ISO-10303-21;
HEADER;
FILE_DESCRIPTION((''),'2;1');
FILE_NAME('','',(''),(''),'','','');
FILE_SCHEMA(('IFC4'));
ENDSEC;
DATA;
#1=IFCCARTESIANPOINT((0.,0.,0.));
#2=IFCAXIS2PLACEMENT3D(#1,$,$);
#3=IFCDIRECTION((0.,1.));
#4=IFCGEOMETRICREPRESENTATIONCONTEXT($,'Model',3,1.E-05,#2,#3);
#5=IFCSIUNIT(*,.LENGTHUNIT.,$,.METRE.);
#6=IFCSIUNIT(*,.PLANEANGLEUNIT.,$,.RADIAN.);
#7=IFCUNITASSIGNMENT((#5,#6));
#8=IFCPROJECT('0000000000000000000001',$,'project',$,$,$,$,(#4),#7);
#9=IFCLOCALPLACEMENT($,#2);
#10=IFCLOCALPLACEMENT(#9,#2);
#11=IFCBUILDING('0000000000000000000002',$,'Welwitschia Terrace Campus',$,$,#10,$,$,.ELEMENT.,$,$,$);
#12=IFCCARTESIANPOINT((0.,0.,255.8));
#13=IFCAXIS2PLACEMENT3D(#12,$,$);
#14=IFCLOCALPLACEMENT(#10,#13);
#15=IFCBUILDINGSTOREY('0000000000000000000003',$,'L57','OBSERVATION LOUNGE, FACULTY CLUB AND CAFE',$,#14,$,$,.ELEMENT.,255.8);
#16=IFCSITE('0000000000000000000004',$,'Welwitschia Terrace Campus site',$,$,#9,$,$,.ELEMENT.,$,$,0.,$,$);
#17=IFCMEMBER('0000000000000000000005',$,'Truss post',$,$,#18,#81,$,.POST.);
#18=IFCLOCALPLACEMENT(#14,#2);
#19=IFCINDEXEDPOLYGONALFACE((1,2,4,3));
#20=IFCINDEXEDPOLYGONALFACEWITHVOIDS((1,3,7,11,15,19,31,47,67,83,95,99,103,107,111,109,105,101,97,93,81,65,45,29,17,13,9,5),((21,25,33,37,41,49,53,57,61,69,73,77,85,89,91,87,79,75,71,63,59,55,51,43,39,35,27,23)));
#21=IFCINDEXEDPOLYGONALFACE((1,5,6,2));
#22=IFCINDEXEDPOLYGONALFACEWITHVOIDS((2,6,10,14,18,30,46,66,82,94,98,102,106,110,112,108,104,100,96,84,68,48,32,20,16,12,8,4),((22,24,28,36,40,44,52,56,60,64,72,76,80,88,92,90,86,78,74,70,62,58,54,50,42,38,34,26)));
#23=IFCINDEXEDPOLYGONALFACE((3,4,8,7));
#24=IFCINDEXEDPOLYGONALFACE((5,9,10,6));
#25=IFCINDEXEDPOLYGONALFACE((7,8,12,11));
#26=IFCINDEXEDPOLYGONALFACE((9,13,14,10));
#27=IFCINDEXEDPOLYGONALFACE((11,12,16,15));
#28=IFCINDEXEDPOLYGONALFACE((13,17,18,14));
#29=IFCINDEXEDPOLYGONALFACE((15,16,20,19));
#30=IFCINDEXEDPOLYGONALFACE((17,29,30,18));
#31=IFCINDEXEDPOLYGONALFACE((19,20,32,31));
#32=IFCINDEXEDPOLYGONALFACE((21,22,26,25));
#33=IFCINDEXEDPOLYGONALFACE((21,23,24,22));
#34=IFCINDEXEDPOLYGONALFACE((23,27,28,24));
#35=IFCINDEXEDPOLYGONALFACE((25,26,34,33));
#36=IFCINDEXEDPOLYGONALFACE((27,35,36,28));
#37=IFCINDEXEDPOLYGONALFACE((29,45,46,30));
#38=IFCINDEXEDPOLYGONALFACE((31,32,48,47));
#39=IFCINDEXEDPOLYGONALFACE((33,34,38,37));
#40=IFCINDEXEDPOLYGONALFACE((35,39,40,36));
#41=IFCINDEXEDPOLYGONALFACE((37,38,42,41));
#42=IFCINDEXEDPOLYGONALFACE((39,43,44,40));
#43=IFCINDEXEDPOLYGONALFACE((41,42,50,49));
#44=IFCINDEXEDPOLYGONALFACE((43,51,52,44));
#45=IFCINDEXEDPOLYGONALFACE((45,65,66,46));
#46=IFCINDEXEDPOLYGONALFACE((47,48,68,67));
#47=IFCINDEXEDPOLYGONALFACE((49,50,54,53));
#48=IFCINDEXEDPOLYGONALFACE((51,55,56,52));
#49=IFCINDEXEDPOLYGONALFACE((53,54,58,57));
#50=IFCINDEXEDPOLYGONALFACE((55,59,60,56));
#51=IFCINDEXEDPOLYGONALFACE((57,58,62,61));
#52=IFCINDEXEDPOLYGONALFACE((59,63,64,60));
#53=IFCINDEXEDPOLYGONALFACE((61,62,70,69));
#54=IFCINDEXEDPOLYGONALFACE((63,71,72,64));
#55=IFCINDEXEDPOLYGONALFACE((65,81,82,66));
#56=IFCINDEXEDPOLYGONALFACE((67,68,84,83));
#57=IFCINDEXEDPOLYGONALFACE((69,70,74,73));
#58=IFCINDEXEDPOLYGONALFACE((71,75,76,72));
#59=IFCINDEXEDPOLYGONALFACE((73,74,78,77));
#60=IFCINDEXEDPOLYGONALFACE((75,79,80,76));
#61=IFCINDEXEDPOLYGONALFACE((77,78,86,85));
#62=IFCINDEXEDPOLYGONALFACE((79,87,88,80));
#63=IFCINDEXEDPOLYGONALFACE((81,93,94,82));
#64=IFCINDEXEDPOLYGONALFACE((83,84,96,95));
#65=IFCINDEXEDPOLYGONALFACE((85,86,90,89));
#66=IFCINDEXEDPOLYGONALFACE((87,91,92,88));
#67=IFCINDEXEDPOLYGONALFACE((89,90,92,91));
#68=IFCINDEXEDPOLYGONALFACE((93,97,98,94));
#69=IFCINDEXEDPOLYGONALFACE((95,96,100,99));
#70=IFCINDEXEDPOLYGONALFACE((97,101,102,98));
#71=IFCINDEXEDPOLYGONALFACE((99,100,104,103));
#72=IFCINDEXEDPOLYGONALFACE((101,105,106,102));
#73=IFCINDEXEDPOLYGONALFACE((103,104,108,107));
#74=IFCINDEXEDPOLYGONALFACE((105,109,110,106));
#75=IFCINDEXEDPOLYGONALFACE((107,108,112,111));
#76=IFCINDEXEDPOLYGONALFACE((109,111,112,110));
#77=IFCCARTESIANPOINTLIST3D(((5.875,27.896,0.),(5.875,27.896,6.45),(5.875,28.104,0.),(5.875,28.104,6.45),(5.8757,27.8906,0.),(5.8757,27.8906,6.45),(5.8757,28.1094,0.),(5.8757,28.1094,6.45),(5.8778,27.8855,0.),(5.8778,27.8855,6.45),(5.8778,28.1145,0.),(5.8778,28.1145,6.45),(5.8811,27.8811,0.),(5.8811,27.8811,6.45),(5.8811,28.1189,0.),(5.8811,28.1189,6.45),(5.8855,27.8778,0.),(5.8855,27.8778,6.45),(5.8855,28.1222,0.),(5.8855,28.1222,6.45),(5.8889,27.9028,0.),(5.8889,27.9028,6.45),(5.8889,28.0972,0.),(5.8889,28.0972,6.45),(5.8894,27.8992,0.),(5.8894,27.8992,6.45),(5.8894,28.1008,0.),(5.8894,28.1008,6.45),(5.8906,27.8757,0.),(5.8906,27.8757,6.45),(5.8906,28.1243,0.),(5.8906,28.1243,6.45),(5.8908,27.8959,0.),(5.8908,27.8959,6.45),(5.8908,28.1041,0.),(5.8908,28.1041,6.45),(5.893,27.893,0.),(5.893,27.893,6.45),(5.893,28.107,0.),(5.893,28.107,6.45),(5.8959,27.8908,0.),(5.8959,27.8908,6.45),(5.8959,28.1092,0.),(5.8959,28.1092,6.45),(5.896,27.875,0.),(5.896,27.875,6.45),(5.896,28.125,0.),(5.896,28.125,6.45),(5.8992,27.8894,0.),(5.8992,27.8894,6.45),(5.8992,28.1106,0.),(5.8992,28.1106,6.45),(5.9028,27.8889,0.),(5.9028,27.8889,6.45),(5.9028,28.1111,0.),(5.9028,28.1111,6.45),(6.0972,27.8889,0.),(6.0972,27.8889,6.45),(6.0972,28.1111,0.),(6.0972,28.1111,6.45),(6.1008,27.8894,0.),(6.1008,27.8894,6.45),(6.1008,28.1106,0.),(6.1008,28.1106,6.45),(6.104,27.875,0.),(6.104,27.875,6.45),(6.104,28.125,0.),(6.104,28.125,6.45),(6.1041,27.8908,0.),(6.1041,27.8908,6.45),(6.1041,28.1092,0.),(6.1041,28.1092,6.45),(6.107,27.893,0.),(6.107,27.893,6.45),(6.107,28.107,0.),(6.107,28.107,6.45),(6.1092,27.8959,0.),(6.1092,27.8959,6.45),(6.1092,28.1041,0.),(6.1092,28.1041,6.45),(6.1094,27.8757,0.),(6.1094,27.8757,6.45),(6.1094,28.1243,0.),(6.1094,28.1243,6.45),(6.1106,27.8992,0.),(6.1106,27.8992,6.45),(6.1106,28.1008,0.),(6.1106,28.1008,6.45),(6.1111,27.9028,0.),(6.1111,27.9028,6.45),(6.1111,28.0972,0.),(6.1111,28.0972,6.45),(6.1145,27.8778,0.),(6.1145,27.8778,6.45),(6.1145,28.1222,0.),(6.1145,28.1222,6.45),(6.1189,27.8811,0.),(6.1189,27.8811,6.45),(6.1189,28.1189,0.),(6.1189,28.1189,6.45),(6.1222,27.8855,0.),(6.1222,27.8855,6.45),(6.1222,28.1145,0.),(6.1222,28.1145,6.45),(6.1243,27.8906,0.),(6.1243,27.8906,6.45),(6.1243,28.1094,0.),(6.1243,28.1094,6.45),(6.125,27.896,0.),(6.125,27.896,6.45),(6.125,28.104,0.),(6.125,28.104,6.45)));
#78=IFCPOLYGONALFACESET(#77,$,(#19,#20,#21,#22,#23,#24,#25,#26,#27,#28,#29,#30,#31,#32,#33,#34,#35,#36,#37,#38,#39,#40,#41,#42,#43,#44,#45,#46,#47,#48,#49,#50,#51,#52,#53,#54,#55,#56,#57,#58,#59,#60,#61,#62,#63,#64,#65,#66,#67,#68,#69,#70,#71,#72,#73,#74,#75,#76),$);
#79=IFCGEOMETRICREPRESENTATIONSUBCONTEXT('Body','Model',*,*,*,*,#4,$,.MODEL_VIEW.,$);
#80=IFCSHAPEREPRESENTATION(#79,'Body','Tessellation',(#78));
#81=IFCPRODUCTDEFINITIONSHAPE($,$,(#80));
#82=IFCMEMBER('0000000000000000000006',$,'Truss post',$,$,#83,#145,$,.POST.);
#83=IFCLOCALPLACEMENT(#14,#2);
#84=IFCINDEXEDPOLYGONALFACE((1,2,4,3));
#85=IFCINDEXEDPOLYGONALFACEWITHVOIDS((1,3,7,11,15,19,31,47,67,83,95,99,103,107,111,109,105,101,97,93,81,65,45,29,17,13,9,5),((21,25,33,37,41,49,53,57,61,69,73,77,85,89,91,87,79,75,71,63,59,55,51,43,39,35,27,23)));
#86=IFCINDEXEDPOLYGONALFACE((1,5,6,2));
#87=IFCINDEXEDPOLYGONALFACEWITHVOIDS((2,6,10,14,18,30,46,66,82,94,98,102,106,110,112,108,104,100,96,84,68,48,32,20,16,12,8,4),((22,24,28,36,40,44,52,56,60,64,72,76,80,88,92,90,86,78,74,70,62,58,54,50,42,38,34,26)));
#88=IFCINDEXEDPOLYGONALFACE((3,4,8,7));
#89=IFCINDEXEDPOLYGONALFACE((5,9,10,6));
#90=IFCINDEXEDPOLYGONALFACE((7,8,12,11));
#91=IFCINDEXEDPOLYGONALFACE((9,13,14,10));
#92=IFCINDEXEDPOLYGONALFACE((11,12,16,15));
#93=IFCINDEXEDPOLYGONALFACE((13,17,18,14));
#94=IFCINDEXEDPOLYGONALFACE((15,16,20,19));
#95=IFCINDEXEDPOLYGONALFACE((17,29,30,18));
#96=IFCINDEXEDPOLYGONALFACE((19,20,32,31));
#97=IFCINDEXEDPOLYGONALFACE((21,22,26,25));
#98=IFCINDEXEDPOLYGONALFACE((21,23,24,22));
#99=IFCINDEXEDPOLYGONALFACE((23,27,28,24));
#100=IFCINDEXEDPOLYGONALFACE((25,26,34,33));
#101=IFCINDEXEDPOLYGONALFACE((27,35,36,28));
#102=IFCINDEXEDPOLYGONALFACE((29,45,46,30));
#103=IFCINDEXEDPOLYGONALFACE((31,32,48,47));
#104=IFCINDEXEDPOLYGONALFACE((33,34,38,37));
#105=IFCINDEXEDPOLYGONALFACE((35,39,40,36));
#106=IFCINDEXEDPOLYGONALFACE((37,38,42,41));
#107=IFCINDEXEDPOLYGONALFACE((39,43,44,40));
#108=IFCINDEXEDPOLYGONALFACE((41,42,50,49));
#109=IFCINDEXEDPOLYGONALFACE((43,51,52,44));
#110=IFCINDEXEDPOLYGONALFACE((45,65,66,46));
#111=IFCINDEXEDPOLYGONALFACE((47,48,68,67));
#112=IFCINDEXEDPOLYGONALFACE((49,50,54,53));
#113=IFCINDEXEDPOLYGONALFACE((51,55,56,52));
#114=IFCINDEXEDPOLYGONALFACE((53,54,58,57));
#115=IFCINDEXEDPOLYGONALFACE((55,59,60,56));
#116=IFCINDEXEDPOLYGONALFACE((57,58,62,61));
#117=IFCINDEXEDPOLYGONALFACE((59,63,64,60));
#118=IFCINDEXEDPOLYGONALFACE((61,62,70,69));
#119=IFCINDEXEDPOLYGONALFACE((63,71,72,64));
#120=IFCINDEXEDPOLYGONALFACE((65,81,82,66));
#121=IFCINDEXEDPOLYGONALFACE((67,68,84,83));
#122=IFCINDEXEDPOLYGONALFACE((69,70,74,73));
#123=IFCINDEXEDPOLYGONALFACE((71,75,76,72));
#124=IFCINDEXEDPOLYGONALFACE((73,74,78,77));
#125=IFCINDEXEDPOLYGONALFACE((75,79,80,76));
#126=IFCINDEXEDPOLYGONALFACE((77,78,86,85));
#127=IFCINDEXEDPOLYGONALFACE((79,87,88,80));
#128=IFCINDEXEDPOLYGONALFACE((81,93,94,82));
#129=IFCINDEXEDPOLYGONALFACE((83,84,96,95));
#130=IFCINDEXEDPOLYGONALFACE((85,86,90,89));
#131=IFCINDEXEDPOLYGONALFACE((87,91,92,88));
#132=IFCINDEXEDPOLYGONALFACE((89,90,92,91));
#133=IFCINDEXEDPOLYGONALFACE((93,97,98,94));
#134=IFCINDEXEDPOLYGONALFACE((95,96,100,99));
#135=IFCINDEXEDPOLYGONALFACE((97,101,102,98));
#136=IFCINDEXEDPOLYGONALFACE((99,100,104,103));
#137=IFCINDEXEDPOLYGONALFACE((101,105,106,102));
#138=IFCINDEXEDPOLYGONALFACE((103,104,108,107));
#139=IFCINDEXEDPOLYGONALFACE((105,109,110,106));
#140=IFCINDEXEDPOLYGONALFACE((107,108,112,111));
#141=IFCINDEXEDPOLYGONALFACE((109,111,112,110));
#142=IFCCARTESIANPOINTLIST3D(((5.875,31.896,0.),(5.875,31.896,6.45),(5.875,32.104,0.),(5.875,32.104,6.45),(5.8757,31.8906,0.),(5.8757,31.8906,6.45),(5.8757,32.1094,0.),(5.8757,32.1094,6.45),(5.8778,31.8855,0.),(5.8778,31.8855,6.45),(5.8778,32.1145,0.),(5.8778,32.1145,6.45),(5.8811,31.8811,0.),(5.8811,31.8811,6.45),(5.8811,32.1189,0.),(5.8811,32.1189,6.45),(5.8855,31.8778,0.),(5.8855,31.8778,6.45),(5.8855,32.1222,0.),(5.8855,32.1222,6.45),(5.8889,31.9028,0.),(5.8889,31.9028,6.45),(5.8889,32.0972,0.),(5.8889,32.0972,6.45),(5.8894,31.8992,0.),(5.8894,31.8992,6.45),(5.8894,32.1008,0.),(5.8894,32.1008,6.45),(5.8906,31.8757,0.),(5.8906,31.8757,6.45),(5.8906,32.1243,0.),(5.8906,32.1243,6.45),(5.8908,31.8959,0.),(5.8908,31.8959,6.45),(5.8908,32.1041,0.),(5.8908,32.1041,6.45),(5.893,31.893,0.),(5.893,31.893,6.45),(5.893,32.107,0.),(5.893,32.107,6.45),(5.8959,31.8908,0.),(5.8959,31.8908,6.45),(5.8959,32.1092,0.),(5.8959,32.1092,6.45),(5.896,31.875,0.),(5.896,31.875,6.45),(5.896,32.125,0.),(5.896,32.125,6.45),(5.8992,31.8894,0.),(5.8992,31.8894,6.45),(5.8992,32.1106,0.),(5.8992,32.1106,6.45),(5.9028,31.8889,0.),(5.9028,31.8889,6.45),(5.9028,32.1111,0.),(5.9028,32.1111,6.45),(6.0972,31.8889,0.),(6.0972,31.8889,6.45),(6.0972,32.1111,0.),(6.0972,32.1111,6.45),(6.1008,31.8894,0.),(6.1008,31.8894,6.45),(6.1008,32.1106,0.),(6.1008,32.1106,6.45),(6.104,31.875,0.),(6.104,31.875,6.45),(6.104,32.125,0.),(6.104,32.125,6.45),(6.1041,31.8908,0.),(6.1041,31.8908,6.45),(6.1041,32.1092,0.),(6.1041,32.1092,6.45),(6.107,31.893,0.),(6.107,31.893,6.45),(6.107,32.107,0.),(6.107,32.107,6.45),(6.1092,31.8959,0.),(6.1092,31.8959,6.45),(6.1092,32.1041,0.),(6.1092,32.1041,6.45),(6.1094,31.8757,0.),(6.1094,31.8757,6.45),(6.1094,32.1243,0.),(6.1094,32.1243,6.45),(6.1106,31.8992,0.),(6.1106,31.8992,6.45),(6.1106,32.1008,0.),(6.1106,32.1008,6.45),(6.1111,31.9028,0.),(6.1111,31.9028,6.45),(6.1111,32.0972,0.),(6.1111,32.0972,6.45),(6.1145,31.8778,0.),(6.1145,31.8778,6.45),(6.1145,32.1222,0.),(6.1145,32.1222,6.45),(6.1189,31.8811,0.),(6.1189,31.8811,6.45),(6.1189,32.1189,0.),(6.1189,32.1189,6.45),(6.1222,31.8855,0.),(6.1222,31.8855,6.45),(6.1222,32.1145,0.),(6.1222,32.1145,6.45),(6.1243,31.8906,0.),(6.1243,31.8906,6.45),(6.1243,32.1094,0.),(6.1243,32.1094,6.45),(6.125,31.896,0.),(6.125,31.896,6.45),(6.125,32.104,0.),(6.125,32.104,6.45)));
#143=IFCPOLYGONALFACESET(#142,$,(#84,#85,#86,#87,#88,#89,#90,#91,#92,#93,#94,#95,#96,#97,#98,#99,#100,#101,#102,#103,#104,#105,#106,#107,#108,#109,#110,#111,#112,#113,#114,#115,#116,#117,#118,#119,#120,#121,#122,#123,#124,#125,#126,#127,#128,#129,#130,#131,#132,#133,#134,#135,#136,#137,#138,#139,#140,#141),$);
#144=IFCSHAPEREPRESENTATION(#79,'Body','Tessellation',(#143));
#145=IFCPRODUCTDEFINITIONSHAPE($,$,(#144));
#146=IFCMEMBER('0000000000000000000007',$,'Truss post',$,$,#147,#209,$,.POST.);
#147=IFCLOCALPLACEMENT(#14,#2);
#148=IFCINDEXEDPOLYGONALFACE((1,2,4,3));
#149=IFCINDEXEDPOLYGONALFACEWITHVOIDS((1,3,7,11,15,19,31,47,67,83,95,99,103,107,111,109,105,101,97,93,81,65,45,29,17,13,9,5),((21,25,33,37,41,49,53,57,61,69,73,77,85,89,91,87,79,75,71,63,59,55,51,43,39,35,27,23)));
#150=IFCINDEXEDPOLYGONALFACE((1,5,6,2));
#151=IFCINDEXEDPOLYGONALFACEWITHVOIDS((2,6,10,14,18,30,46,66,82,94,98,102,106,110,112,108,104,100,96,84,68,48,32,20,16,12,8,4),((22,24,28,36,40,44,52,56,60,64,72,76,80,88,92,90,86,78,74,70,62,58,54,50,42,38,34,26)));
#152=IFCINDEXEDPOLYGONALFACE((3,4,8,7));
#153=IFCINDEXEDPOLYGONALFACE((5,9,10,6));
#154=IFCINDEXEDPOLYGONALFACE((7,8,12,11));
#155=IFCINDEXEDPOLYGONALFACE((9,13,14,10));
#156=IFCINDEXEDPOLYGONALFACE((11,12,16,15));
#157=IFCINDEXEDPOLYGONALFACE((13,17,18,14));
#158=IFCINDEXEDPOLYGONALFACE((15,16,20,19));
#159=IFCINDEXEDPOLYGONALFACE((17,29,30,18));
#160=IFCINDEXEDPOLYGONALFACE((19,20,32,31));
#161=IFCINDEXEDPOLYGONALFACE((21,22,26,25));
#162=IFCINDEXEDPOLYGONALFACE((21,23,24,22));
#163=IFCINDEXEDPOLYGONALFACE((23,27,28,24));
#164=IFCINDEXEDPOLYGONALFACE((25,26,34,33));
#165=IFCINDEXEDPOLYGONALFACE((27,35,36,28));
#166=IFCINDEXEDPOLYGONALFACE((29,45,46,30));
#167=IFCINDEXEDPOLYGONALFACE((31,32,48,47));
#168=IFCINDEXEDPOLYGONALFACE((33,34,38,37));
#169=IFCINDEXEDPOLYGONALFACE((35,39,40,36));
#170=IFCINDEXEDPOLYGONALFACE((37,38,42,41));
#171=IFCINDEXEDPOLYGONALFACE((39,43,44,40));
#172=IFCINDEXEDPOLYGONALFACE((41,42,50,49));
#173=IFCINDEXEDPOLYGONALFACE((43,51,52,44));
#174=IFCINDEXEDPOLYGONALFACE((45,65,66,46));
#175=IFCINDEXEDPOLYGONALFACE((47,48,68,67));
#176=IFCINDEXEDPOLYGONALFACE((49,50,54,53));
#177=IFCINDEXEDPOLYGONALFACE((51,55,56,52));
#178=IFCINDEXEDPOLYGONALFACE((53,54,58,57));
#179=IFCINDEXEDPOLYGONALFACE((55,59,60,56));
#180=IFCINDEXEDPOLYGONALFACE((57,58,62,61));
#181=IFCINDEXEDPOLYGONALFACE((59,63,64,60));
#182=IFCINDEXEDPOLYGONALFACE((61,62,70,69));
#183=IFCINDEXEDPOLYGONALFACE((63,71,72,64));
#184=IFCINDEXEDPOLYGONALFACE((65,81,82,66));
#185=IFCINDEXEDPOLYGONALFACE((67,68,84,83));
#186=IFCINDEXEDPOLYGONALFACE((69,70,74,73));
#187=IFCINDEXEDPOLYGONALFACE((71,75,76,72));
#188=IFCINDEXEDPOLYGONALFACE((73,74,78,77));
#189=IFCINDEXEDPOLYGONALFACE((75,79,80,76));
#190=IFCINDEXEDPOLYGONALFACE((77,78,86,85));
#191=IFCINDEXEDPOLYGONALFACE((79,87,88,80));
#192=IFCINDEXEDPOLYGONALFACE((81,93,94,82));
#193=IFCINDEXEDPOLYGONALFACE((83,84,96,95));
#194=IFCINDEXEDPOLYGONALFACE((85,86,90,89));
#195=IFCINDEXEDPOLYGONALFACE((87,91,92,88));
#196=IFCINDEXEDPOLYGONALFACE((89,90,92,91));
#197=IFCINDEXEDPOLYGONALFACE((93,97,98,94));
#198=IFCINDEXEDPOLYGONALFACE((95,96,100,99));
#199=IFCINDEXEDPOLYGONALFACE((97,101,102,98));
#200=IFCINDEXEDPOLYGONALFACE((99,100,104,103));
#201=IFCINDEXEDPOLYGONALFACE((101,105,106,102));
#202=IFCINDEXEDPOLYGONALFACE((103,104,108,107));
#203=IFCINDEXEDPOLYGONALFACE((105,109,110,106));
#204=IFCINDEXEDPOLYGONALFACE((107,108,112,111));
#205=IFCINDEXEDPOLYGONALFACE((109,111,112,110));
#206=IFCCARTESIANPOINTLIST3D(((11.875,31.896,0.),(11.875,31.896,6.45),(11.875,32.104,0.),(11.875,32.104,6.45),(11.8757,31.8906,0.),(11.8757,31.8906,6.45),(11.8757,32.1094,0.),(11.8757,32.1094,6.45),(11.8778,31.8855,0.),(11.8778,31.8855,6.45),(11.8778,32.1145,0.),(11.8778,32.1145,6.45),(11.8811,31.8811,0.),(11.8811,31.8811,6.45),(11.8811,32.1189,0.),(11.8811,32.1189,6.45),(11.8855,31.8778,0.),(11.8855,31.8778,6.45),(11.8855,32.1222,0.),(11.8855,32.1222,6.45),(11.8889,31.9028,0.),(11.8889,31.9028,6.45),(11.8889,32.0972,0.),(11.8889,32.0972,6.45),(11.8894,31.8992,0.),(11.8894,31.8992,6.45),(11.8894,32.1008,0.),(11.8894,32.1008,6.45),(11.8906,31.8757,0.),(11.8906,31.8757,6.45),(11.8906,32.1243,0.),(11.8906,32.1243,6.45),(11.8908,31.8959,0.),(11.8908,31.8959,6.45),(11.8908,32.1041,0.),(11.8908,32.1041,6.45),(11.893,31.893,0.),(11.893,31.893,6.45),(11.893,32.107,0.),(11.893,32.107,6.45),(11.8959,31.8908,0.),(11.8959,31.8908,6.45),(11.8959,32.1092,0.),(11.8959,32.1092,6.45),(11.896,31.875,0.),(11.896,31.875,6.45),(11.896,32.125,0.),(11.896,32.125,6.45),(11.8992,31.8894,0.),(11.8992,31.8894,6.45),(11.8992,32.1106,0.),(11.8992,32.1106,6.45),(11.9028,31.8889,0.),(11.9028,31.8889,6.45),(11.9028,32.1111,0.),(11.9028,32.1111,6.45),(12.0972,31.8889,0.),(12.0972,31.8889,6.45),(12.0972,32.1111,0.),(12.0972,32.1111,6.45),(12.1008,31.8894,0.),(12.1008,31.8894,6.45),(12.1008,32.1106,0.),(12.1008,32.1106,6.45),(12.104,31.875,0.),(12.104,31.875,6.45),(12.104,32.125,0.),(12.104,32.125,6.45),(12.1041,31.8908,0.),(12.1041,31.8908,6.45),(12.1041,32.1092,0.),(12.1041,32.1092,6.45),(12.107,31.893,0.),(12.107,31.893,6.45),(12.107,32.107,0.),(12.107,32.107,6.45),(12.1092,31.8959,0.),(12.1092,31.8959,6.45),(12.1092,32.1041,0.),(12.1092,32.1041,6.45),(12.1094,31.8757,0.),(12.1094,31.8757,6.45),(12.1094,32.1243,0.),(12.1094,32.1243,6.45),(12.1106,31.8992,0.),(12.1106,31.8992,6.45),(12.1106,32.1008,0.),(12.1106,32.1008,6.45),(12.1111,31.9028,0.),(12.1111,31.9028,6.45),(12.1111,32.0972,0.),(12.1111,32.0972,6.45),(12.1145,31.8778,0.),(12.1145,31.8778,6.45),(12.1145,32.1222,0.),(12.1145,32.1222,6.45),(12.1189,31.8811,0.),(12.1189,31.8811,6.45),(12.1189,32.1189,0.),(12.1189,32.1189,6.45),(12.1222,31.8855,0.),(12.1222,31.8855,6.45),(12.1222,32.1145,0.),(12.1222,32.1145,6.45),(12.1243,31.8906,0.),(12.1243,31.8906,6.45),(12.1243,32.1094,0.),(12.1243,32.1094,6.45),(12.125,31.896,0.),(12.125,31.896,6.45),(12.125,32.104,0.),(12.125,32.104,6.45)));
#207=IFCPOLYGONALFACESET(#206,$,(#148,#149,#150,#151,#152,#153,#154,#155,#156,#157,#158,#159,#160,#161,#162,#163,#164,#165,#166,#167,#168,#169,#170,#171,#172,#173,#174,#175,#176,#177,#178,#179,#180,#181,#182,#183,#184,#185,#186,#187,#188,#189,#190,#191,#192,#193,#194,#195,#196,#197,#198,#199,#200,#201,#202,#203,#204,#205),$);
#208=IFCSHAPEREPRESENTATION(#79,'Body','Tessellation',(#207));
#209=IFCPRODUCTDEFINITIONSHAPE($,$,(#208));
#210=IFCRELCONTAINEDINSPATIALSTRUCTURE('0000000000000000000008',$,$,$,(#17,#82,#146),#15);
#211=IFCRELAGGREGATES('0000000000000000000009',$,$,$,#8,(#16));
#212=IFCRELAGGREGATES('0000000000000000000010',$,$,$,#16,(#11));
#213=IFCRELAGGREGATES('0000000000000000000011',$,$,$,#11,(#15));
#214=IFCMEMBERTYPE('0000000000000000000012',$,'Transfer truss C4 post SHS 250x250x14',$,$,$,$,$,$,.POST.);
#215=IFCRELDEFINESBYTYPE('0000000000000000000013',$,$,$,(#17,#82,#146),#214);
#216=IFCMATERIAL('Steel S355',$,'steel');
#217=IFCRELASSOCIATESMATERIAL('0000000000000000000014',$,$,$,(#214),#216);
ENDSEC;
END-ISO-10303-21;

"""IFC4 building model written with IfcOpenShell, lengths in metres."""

from ifc_helpers import new_model, si_unit, direction, frame, origin, origin_2d, place, context, subcontext, project, spatial, hollow_rectangle, extrude, material, material_profile, profile_set, type_object, element, save


model = new_model("IFC4")

# Units and contexts
model_context = context("Model", 3, precision=1e-05, world=origin(), true_north=direction((0.0, 1.0)))
body_context = subcontext(model_context, "Body", "Model", "MODEL_VIEW")
ifc_project = project(units=[si_unit("LENGTHUNIT", "METRE"), si_unit("PLANEANGLEUNIT", "RADIAN")], contexts=[model_context])

# Site, building, storey
site_placement = place(None, origin())
site = spatial("IfcSite", under=ifc_project, at=site_placement, Name="Welwitschia Terrace Campus site", CompositionType="ELEMENT", RefElevation=0.0)
building_placement = place(site_placement, origin())
building = spatial("IfcBuilding", under=site, at=building_placement, Name="Welwitschia Terrace Campus", CompositionType="ELEMENT")
storey_placement = place(building_placement, frame((0.0, 0.0, 255.8)))
storey = spatial("IfcBuildingStorey", under=building, at=storey_placement, Name="L57", Description="OBSERVATION LOUNGE, FACULTY CLUB AND CAFE", CompositionType="ELEMENT", Elevation=255.8)

# Members
ifc_material_1 = material(Name="Steel S355", Category="steel")
ifc_material_profile_1 = material_profile(ifc_material_1, hollow_rectangle(XDim=0.25, YDim=0.25, WallThickness=0.0139, InnerFilletRadius=0.0139, OuterFilletRadius=0.021, at=origin_2d()))
ifc_profile_set_1 = profile_set([ifc_material_profile_1], Name="Steel S355")
member_type_1 = type_object("IfcMemberType", Name="Transfer truss C4 post SHS 250x250x14", PredefinedType="POST", material=ifc_profile_set_1)
for number, where, z_axis, x_axis, name in (
    (1, (6.0, 28.0, 0.0), (0.0, 0.0, 1.0), (1.0, 0.0, 0.0), "Truss post"),
    (2, (6.0, 32.0, 0.0), (0.0, 0.0, 1.0), (1.0, 0.0, 0.0), "Truss post"),
    (3, (12.0, 32.0, 0.0), (0.0, 0.0, 1.0), (1.0, 0.0, 0.0), "Truss post"),
):
    element("IfcMember", number, at=place(storey_placement, frame(where, z_axis=z_axis, x_axis=x_axis)), inside=storey, type_object=member_type_1, Name=name, PredefinedType="POST", context=body_context, shape_type="SweptSolid", body=[
        extrude(hollow_rectangle(XDim=0.25, YDim=0.25, WallThickness=0.0139, InnerFilletRadius=0.0139, OuterFilletRadius=0.021, at=origin_2d()), origin(), (0.0, 0.0, 1.0), 6.45),
    ])

save(model, "model.ifc")
